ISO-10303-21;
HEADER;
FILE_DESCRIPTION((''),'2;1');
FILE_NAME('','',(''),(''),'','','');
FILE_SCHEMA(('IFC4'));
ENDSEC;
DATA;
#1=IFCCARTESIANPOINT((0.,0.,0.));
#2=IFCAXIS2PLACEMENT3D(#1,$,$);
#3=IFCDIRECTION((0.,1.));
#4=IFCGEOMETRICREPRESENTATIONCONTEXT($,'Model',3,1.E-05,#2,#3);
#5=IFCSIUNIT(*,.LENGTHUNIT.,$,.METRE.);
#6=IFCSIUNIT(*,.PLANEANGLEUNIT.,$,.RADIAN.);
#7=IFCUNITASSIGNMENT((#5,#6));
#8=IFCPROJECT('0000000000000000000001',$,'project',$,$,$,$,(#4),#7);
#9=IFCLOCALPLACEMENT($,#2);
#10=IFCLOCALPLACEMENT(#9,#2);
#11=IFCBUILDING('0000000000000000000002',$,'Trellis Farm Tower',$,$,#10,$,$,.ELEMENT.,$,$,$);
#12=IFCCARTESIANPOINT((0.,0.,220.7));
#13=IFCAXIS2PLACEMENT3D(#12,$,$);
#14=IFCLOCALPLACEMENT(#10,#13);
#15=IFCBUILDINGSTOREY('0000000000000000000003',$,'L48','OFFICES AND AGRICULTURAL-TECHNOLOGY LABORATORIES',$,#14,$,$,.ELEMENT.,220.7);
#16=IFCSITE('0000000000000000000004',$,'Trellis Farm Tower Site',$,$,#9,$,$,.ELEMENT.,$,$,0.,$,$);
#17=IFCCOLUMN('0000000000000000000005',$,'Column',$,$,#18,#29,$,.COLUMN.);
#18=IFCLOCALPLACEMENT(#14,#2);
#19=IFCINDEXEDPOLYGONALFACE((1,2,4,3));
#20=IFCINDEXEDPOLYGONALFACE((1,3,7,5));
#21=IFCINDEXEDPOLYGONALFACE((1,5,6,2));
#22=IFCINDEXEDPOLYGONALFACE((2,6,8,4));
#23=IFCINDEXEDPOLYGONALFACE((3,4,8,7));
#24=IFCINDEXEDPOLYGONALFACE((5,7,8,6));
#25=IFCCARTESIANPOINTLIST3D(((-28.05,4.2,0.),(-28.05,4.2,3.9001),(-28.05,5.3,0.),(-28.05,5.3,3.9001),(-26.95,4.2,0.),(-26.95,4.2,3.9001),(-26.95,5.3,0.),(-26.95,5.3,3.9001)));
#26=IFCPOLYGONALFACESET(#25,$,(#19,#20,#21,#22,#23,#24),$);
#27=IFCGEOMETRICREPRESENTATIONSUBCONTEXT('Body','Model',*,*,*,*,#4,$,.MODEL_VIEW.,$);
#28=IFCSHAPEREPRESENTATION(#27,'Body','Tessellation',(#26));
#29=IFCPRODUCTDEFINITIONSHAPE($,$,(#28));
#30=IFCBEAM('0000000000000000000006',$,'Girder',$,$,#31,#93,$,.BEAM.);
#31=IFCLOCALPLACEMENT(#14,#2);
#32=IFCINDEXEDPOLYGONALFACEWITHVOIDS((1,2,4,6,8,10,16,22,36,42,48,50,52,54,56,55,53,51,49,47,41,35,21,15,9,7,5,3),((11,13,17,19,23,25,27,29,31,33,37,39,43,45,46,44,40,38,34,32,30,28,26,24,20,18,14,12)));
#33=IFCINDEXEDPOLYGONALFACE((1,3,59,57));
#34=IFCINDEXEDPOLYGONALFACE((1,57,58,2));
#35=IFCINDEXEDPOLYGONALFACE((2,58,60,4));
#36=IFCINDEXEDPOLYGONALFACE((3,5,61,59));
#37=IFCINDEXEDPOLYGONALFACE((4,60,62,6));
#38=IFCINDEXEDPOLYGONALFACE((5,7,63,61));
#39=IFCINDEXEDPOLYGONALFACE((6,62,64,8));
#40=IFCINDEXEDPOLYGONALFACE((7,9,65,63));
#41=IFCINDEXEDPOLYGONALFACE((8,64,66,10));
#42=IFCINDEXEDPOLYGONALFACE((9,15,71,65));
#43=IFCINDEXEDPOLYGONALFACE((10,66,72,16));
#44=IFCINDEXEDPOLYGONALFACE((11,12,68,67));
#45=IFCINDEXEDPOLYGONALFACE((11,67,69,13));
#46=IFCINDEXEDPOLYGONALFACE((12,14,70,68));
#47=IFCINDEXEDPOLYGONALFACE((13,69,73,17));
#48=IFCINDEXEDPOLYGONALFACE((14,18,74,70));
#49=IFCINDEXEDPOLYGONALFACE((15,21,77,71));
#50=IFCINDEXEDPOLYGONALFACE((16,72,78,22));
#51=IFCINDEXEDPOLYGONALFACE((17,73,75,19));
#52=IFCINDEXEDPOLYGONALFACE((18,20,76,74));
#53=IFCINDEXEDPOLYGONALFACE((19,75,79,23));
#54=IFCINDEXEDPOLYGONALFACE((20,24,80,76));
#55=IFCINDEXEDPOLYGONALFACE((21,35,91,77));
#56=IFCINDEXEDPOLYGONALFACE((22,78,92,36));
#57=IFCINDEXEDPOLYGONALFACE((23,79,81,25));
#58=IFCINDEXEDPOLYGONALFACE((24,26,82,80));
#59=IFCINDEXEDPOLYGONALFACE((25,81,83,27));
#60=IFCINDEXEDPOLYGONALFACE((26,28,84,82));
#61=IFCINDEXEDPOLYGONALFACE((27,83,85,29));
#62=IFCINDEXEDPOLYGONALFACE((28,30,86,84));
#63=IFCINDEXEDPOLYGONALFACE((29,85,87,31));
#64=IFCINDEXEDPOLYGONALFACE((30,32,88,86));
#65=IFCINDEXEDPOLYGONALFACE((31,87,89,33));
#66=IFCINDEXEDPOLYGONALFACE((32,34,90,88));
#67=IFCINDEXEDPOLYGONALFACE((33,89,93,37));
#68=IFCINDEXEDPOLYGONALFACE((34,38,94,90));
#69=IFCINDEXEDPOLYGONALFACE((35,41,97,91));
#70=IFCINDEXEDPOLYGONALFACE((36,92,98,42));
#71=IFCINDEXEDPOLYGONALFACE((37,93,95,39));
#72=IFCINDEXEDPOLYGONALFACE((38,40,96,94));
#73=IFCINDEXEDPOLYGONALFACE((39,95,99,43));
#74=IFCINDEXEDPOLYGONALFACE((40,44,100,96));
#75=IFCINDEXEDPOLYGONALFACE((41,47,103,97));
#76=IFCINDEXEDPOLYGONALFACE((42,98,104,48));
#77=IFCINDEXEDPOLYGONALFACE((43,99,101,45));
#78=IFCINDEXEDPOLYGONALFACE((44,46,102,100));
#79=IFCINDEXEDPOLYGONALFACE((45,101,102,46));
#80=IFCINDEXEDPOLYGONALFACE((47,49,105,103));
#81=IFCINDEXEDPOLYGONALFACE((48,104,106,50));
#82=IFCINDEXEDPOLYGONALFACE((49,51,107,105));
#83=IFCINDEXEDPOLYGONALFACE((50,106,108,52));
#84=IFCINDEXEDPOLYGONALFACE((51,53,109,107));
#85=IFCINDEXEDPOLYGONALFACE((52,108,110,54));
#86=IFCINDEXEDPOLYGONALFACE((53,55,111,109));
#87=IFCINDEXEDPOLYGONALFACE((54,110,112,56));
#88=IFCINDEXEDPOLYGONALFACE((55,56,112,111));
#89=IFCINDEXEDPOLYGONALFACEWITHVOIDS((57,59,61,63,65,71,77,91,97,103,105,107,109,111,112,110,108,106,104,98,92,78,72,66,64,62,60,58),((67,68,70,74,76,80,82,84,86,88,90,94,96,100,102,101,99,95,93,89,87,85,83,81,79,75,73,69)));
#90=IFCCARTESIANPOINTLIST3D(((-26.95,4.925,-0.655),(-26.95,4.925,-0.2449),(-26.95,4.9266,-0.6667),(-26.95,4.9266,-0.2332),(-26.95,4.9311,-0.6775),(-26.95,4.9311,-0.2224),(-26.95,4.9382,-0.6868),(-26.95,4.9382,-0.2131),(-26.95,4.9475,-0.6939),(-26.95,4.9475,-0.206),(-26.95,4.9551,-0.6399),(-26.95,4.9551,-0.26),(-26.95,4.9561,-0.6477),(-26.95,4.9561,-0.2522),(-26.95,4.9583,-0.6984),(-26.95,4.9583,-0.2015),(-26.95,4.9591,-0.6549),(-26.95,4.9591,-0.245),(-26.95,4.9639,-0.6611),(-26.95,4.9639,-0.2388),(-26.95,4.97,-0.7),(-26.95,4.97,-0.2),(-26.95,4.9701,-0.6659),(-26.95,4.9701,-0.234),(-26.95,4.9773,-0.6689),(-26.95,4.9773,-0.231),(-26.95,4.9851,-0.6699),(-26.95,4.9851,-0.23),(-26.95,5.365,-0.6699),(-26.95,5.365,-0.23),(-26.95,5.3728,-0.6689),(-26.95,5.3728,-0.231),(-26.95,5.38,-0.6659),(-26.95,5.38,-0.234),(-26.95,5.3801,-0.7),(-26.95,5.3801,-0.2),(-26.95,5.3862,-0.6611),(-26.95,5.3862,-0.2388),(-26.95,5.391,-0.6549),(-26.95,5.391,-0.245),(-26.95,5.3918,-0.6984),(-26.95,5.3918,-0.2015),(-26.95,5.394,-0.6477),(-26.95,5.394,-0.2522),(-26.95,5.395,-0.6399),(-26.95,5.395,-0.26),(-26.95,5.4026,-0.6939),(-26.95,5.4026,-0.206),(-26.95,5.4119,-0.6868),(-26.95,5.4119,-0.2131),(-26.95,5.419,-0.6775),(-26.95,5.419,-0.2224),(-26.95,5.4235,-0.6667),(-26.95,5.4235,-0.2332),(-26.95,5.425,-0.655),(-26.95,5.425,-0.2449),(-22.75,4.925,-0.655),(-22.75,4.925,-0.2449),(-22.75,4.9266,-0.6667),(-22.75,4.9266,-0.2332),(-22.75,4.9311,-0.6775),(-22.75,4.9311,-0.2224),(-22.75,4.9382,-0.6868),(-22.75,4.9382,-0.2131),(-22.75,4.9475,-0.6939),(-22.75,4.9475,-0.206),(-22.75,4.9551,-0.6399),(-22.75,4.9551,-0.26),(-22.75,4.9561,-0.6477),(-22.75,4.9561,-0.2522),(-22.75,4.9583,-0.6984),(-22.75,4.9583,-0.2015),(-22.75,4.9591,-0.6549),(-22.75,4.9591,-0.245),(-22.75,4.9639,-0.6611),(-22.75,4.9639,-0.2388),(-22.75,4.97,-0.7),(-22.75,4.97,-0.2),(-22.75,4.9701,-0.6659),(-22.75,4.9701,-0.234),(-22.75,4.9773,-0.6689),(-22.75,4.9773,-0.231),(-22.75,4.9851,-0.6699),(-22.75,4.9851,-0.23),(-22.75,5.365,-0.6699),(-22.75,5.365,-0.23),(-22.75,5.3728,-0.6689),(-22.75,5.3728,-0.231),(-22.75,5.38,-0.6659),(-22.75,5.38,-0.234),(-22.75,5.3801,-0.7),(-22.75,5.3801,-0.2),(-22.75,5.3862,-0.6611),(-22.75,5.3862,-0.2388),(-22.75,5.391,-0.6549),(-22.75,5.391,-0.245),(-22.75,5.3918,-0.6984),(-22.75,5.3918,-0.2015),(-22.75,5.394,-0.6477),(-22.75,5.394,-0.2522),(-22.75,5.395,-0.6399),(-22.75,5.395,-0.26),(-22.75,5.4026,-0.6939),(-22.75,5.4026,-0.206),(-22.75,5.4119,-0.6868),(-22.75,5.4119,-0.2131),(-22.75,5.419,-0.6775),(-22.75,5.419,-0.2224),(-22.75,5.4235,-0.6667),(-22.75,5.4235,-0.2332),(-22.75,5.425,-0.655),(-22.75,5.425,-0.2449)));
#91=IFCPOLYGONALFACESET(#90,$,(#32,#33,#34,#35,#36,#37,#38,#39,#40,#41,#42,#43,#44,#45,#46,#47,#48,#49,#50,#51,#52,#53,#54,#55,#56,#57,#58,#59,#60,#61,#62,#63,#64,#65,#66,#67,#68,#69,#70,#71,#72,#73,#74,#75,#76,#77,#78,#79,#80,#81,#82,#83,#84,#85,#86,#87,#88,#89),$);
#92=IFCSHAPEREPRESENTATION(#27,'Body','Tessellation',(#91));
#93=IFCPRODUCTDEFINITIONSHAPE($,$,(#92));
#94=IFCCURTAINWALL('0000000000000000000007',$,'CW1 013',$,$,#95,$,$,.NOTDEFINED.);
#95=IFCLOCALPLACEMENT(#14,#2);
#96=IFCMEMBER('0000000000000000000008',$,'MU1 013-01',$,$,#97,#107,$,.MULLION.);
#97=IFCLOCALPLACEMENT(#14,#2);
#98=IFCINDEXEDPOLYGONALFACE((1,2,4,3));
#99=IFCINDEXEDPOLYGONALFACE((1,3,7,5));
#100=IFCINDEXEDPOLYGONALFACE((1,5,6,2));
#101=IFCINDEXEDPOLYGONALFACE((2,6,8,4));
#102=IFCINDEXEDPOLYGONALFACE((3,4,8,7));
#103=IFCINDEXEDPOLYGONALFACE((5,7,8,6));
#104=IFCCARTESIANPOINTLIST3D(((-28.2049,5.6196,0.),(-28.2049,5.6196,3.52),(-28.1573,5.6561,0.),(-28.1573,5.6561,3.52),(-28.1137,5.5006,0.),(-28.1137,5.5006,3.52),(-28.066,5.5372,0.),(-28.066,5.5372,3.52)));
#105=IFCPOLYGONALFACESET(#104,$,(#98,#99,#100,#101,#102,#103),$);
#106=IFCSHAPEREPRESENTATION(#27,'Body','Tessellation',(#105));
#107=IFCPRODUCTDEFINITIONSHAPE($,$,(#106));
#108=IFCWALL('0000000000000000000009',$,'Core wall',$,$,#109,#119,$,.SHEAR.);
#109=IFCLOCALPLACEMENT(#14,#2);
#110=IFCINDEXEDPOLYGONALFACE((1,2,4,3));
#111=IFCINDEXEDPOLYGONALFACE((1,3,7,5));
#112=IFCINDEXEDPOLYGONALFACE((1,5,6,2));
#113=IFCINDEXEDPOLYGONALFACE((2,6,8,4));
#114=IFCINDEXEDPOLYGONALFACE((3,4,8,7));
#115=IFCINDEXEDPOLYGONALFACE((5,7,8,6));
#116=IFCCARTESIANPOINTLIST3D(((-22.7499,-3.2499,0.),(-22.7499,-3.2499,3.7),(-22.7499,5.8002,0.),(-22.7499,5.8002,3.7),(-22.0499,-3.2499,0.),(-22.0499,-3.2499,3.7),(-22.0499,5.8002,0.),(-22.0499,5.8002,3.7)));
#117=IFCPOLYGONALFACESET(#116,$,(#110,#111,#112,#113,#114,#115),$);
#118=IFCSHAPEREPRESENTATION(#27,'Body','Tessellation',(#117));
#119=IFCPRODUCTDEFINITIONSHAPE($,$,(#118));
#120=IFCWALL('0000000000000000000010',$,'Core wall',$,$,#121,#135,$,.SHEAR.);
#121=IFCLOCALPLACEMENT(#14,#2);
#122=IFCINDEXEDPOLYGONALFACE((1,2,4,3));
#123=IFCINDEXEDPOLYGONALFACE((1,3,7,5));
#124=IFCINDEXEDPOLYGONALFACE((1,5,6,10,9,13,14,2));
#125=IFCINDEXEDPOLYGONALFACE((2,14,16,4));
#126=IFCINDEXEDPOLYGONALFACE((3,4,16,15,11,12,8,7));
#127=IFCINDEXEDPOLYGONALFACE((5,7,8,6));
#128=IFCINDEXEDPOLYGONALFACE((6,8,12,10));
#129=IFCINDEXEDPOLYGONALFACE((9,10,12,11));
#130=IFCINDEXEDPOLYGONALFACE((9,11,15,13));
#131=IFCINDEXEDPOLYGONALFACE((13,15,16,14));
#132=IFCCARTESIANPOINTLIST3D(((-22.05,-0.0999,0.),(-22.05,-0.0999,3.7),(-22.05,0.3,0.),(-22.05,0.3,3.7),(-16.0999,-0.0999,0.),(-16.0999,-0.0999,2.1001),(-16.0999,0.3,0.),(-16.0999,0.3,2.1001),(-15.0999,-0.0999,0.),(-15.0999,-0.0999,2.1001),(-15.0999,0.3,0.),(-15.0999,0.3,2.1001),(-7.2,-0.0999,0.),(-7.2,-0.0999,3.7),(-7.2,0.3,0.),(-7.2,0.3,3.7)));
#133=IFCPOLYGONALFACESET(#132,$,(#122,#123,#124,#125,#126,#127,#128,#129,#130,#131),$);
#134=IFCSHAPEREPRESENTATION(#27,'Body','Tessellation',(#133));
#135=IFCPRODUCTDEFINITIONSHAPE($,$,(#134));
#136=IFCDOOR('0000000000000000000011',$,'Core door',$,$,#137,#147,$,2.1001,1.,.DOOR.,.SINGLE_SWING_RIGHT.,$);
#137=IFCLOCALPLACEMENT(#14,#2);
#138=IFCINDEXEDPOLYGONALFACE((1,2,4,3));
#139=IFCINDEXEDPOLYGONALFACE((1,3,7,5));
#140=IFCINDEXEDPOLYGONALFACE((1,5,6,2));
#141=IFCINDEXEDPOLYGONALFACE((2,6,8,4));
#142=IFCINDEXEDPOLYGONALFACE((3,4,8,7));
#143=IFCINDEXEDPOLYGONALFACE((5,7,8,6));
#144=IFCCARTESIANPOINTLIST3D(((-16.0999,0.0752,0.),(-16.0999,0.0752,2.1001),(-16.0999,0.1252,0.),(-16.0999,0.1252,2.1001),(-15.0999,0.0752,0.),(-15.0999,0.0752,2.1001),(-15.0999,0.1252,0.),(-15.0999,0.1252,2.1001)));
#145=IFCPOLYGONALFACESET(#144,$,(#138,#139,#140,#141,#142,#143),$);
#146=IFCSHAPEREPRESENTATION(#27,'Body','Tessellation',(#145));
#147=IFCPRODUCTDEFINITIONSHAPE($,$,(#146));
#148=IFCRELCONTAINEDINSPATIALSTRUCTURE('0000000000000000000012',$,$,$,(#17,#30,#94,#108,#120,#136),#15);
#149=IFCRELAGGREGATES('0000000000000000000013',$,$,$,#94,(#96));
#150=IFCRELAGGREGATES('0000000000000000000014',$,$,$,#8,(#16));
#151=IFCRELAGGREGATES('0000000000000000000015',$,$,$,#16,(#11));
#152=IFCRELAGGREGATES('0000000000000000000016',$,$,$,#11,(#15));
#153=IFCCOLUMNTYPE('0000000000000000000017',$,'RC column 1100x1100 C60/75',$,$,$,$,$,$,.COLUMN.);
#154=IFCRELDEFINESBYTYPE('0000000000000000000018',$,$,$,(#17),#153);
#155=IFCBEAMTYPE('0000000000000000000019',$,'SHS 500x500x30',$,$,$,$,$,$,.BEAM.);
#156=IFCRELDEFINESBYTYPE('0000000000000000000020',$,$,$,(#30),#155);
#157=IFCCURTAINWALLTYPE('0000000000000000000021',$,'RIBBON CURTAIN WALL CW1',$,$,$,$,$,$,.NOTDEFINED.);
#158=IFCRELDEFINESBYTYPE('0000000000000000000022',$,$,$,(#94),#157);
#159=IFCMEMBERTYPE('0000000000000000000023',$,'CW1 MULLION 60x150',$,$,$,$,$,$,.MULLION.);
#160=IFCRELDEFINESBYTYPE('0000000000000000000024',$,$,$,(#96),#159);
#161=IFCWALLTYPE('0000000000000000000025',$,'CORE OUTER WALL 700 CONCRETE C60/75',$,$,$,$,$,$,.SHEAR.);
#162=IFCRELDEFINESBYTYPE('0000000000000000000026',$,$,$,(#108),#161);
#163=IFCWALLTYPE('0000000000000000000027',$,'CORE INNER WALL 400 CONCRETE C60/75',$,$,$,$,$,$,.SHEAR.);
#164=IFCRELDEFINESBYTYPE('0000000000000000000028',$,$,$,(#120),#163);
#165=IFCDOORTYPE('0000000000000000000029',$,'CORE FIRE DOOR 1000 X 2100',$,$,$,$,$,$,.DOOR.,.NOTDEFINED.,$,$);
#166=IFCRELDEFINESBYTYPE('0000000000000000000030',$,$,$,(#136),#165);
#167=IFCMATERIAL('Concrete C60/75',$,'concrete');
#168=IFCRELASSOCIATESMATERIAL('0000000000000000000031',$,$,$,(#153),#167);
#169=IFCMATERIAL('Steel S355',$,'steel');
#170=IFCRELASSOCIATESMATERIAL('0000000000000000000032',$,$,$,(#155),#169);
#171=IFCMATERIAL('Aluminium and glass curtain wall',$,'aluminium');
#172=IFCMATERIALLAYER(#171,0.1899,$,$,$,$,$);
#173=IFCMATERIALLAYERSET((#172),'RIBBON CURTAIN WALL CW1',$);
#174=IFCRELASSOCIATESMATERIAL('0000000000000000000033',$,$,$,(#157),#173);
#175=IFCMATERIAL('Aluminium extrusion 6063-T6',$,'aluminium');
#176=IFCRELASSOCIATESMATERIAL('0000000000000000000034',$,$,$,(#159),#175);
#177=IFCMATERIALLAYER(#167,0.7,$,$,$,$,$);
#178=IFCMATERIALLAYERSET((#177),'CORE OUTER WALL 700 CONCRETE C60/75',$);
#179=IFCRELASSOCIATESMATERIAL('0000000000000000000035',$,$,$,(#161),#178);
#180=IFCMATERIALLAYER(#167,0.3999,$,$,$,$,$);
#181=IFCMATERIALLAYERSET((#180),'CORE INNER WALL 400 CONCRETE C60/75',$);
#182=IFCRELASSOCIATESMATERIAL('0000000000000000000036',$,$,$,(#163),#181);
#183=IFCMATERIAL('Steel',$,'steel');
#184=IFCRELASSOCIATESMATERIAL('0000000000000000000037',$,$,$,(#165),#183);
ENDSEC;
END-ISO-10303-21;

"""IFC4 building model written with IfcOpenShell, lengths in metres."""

from ifc_helpers import new_model, si_unit, direction, frame, frame_2d, origin, origin_2d, place, context, subcontext, project, spatial, rectangle, hollow_rectangle, extrude, source, transform, mapped, material, layer, layer_set, material_profile, profile_set, type_object, element, fill, aggregate, save


model = new_model("IFC4")

# Units and contexts
model_context = context("Model", 3, precision=1e-05, world=origin(), true_north=direction((0.0, 1.0)))
body_context = subcontext(model_context, "Body", "Model", "MODEL_VIEW")
ifc_project = project(units=[si_unit("LENGTHUNIT", "METRE"), si_unit("PLANEANGLEUNIT", "RADIAN")], contexts=[model_context])

# Site, building, storey
site_placement = place(None, origin())
site = spatial("IfcSite", under=ifc_project, at=site_placement, Name="Trellis Farm Tower Site", CompositionType="ELEMENT", RefElevation=0.0)
building_placement = place(site_placement, origin())
building = spatial("IfcBuilding", under=site, at=building_placement, Name="Trellis Farm Tower", CompositionType="ELEMENT")
storey_placement = place(building_placement, frame((0.0, 0.0, 220.7)))
storey = spatial("IfcBuildingStorey", under=building, at=storey_placement, Name="L48", Description="OFFICES AND AGRICULTURAL-TECHNOLOGY LABORATORIES", CompositionType="ELEMENT", Elevation=220.7)

# Column
ifc_material_1 = material(Name="Concrete C60/75", Category="concrete")
ifc_material_profile_1 = material_profile(ifc_material_1, rectangle(XDim=1.1001, YDim=1.1001, at=origin_2d()), Name="RC column 1100x1100 C60/75")
ifc_profile_set_1 = profile_set([ifc_material_profile_1], Name="Concrete C60/75")
column_type = type_object("IfcColumnType", Name="RC column 1100x1100 C60/75", PredefinedType="COLUMN", material=ifc_profile_set_1)
shared_shape_1 = source(origin(), body_context, "Body", "SweptSolid", [
    extrude(rectangle(XDim=1.1001, YDim=1.1001, at=origin_2d()), origin(), (0.0, 0.0, 1.0), 3.9001),
])
column_placement = place(storey_placement, frame((-27.5, 4.75, 0.0), z_axis=(0.0, 0.0, 1.0), x_axis=(1.0, 0.0, 0.0)))
element("IfcColumn", 1, at=column_placement, inside=storey, type_object=column_type, Name="Column", PredefinedType="COLUMN", context=body_context, shape_type="MappedRepresentation", body=[
    mapped(shared_shape_1, transform((0.0, 0.0, 0.0))),
])

# Beam
ifc_material_2 = material(Name="Steel S355", Category="steel")
ifc_material_profile_2 = material_profile(ifc_material_2, hollow_rectangle(XDim=0.5, YDim=0.5, WallThickness=0.03, InnerFilletRadius=0.03, OuterFilletRadius=0.0449, at=origin_2d()), Name="SHS 500x500x30")
ifc_profile_set_2 = profile_set([ifc_material_profile_2], Name="Steel S355")
beam_type = type_object("IfcBeamType", Name="SHS 500x500x30", PredefinedType="BEAM", material=ifc_profile_set_2)
shared_shape_2 = source(origin(), body_context, "Body", "SweptSolid", [
    extrude(hollow_rectangle(XDim=0.5, YDim=0.5, WallThickness=0.03, InnerFilletRadius=0.03, OuterFilletRadius=0.0449, at=origin_2d()), origin(), (0.0, 0.0, 1.0), 4.2),
])
beam_placement = place(storey_placement, frame((-26.95, 5.175, -0.45), z_axis=(1.0, 0.0, 0.0), x_axis=(0.0, 1.0, 0.0)))
element("IfcBeam", 2, at=beam_placement, inside=storey, type_object=beam_type, Name="Girder", PredefinedType="BEAM", context=body_context, shape_type="MappedRepresentation", body=[
    mapped(shared_shape_2, transform((0.0, 0.0, 0.0))),
])

# Curtain wall, member
ifc_material_3 = material(Name="Aluminium and glass curtain wall", Category="aluminium")
ifc_layer_1 = layer(ifc_material_3, 0.1899)
ifc_layer_set_1 = layer_set([ifc_layer_1], Name="RIBBON CURTAIN WALL CW1")
curtain_wall_type = type_object("IfcCurtainWallType", Name="RIBBON CURTAIN WALL CW1", PredefinedType="NOTDEFINED", material=ifc_layer_set_1)
placement = place(storey_placement, origin())
curtain_wall = element("IfcCurtainWall", 3, at=placement, inside=storey, type_object=curtain_wall_type, Name="CW1 013", PredefinedType="NOTDEFINED")
ifc_material_4 = material(Name="Aluminium extrusion 6063-T6", Category="aluminium")
ifc_material_profile_3 = material_profile(ifc_material_4, rectangle(XDim=0.0601, YDim=0.1499, at=origin_2d()), Name="MULLION 60x150")
ifc_profile_set_3 = profile_set([ifc_material_profile_3], Name="Aluminium extrusion 6063-T6")
member_type = type_object("IfcMemberType", Name="CW1 MULLION 60x150", PredefinedType="MULLION", material=ifc_profile_set_3)
shared_shape_3 = source(origin(), body_context, "Body", "SweptSolid", [
    extrude(rectangle(XDim=0.0601, YDim=0.1499, at=origin_2d()), origin(), (0.0, 0.0, 1.0), 3.52),
])
member_placement = place(storey_placement, frame((-28.1355, 5.5784, 0.0), z_axis=(0.0, 0.0, 1.0), x_axis=(-0.793353, -0.608761, 0.0)))
member = element("IfcMember", 4, at=member_placement, type_object=member_type, Name="MU1 013-01", PredefinedType="MULLION", context=body_context, shape_type="MappedRepresentation", body=[
    mapped(shared_shape_3, transform((0.0, 0.0, 0.0))),
])
aggregate(curtain_wall, [member])

# Wall
ifc_layer_2 = layer(ifc_material_1, 0.7)
ifc_layer_set_2 = layer_set([ifc_layer_2], Name="CORE OUTER WALL 700 CONCRETE C60/75")
wall_type_1 = type_object("IfcWallType", Name="CORE OUTER WALL 700 CONCRETE C60/75", PredefinedType="SHEAR", material=ifc_layer_set_2)
shared_shape_4 = source(origin(), body_context, "Body", "SweptSolid", [
    extrude(rectangle(XDim=9.05, YDim=0.7, at=frame_2d((4.5249, 0.0))), origin(), (0.0, 0.0, 1.0), 3.7),
])
wall_1_placement = place(storey_placement, frame((-22.3999, 5.8, 0.0), z_axis=(0.0, 0.0, 1.0), x_axis=(0.0, -1.0, 0.0)))
element("IfcWall", 5, at=wall_1_placement, inside=storey, type_object=wall_type_1, Name="Core wall", PredefinedType="SHEAR", context=body_context, shape_type="MappedRepresentation", body=[
    mapped(shared_shape_4, transform((0.0, 0.0, 0.0))),
])

# Wall, opening, door
ifc_layer_3 = layer(ifc_material_1, 0.3999)
ifc_layer_set_3 = layer_set([ifc_layer_3], Name="CORE INNER WALL 400 CONCRETE C60/75")
wall_type_2 = type_object("IfcWallType", Name="CORE INNER WALL 400 CONCRETE C60/75", PredefinedType="SHEAR", material=ifc_layer_set_3)
shared_shape_5 = source(origin(), body_context, "Body", "SweptSolid", [
    extrude(rectangle(XDim=14.8501, YDim=0.3999, at=frame_2d((7.425, 0.0))), origin(), (0.0, 0.0, 1.0), 3.7),
])
wall_2_placement = place(storey_placement, frame((-7.2, 0.1001, 0.0), z_axis=(0.0, 0.0, 1.0), x_axis=(-1.0, 0.0, 0.0)))
wall_2 = element("IfcWall", 6, at=wall_2_placement, inside=storey, type_object=wall_type_2, Name="Core wall", PredefinedType="SHEAR", context=body_context, shape_type="MappedRepresentation", body=[
    mapped(shared_shape_5, transform((0.0, 0.0, 0.0))),
])
shared_shape_6 = source(origin(), body_context, "Body", "SweptSolid", [
    extrude(rectangle(XDim=1.0, YDim=2.1001, at=frame_2d((0.5, 1.05))), frame((0.0, 0.21, 0.0), z_axis=(0.0, -1.0, 0.0), x_axis=(1.0, 0.0, 0.0)), (0.0, 0.0, 1.0), 0.4199),
])
opening_1_placement = place(wall_2_placement, frame((7.8999, 0.0, 0.0)))
opening_1 = element("IfcOpeningElement", 7, at=opening_1_placement, cuts=wall_2, PredefinedType="OPENING", context=body_context, shape_type="MappedRepresentation", body=[
    mapped(shared_shape_6, transform((0.0, 0.0, 0.0))),
])
ifc_material_5 = material(Name="Steel", Category="steel")
door_type_1 = type_object("IfcDoorType", Name="CORE FIRE DOOR 1000 X 2100", OperationType="NOTDEFINED", PredefinedType="DOOR", material=ifc_material_5)
shared_shape_7 = source(origin(), body_context, "Body", "SweptSolid", [
    extrude(rectangle(XDim=1.0, YDim=2.1001, at=frame_2d((0.5, 1.05))), frame((0.0, 0.0249, 0.0), z_axis=(0.0, -1.0, 0.0), x_axis=(1.0, 0.0, 0.0)), (0.0, 0.0, 1.0), 0.05),
])
door_1_placement = place(opening_1_placement, origin())
door_1 = element("IfcDoor", 8, at=door_1_placement, inside=storey, type_object=door_type_1, Name="Core door", OperationType="SINGLE_SWING_RIGHT", OverallHeight=2.1001, OverallWidth=1.0, PredefinedType="DOOR", context=body_context, shape_type="MappedRepresentation", body=[
    mapped(shared_shape_7, transform((0.0, 0.0, 0.0))),
])
fill(opening_1, door_1)

save(model, "model.ifc")
